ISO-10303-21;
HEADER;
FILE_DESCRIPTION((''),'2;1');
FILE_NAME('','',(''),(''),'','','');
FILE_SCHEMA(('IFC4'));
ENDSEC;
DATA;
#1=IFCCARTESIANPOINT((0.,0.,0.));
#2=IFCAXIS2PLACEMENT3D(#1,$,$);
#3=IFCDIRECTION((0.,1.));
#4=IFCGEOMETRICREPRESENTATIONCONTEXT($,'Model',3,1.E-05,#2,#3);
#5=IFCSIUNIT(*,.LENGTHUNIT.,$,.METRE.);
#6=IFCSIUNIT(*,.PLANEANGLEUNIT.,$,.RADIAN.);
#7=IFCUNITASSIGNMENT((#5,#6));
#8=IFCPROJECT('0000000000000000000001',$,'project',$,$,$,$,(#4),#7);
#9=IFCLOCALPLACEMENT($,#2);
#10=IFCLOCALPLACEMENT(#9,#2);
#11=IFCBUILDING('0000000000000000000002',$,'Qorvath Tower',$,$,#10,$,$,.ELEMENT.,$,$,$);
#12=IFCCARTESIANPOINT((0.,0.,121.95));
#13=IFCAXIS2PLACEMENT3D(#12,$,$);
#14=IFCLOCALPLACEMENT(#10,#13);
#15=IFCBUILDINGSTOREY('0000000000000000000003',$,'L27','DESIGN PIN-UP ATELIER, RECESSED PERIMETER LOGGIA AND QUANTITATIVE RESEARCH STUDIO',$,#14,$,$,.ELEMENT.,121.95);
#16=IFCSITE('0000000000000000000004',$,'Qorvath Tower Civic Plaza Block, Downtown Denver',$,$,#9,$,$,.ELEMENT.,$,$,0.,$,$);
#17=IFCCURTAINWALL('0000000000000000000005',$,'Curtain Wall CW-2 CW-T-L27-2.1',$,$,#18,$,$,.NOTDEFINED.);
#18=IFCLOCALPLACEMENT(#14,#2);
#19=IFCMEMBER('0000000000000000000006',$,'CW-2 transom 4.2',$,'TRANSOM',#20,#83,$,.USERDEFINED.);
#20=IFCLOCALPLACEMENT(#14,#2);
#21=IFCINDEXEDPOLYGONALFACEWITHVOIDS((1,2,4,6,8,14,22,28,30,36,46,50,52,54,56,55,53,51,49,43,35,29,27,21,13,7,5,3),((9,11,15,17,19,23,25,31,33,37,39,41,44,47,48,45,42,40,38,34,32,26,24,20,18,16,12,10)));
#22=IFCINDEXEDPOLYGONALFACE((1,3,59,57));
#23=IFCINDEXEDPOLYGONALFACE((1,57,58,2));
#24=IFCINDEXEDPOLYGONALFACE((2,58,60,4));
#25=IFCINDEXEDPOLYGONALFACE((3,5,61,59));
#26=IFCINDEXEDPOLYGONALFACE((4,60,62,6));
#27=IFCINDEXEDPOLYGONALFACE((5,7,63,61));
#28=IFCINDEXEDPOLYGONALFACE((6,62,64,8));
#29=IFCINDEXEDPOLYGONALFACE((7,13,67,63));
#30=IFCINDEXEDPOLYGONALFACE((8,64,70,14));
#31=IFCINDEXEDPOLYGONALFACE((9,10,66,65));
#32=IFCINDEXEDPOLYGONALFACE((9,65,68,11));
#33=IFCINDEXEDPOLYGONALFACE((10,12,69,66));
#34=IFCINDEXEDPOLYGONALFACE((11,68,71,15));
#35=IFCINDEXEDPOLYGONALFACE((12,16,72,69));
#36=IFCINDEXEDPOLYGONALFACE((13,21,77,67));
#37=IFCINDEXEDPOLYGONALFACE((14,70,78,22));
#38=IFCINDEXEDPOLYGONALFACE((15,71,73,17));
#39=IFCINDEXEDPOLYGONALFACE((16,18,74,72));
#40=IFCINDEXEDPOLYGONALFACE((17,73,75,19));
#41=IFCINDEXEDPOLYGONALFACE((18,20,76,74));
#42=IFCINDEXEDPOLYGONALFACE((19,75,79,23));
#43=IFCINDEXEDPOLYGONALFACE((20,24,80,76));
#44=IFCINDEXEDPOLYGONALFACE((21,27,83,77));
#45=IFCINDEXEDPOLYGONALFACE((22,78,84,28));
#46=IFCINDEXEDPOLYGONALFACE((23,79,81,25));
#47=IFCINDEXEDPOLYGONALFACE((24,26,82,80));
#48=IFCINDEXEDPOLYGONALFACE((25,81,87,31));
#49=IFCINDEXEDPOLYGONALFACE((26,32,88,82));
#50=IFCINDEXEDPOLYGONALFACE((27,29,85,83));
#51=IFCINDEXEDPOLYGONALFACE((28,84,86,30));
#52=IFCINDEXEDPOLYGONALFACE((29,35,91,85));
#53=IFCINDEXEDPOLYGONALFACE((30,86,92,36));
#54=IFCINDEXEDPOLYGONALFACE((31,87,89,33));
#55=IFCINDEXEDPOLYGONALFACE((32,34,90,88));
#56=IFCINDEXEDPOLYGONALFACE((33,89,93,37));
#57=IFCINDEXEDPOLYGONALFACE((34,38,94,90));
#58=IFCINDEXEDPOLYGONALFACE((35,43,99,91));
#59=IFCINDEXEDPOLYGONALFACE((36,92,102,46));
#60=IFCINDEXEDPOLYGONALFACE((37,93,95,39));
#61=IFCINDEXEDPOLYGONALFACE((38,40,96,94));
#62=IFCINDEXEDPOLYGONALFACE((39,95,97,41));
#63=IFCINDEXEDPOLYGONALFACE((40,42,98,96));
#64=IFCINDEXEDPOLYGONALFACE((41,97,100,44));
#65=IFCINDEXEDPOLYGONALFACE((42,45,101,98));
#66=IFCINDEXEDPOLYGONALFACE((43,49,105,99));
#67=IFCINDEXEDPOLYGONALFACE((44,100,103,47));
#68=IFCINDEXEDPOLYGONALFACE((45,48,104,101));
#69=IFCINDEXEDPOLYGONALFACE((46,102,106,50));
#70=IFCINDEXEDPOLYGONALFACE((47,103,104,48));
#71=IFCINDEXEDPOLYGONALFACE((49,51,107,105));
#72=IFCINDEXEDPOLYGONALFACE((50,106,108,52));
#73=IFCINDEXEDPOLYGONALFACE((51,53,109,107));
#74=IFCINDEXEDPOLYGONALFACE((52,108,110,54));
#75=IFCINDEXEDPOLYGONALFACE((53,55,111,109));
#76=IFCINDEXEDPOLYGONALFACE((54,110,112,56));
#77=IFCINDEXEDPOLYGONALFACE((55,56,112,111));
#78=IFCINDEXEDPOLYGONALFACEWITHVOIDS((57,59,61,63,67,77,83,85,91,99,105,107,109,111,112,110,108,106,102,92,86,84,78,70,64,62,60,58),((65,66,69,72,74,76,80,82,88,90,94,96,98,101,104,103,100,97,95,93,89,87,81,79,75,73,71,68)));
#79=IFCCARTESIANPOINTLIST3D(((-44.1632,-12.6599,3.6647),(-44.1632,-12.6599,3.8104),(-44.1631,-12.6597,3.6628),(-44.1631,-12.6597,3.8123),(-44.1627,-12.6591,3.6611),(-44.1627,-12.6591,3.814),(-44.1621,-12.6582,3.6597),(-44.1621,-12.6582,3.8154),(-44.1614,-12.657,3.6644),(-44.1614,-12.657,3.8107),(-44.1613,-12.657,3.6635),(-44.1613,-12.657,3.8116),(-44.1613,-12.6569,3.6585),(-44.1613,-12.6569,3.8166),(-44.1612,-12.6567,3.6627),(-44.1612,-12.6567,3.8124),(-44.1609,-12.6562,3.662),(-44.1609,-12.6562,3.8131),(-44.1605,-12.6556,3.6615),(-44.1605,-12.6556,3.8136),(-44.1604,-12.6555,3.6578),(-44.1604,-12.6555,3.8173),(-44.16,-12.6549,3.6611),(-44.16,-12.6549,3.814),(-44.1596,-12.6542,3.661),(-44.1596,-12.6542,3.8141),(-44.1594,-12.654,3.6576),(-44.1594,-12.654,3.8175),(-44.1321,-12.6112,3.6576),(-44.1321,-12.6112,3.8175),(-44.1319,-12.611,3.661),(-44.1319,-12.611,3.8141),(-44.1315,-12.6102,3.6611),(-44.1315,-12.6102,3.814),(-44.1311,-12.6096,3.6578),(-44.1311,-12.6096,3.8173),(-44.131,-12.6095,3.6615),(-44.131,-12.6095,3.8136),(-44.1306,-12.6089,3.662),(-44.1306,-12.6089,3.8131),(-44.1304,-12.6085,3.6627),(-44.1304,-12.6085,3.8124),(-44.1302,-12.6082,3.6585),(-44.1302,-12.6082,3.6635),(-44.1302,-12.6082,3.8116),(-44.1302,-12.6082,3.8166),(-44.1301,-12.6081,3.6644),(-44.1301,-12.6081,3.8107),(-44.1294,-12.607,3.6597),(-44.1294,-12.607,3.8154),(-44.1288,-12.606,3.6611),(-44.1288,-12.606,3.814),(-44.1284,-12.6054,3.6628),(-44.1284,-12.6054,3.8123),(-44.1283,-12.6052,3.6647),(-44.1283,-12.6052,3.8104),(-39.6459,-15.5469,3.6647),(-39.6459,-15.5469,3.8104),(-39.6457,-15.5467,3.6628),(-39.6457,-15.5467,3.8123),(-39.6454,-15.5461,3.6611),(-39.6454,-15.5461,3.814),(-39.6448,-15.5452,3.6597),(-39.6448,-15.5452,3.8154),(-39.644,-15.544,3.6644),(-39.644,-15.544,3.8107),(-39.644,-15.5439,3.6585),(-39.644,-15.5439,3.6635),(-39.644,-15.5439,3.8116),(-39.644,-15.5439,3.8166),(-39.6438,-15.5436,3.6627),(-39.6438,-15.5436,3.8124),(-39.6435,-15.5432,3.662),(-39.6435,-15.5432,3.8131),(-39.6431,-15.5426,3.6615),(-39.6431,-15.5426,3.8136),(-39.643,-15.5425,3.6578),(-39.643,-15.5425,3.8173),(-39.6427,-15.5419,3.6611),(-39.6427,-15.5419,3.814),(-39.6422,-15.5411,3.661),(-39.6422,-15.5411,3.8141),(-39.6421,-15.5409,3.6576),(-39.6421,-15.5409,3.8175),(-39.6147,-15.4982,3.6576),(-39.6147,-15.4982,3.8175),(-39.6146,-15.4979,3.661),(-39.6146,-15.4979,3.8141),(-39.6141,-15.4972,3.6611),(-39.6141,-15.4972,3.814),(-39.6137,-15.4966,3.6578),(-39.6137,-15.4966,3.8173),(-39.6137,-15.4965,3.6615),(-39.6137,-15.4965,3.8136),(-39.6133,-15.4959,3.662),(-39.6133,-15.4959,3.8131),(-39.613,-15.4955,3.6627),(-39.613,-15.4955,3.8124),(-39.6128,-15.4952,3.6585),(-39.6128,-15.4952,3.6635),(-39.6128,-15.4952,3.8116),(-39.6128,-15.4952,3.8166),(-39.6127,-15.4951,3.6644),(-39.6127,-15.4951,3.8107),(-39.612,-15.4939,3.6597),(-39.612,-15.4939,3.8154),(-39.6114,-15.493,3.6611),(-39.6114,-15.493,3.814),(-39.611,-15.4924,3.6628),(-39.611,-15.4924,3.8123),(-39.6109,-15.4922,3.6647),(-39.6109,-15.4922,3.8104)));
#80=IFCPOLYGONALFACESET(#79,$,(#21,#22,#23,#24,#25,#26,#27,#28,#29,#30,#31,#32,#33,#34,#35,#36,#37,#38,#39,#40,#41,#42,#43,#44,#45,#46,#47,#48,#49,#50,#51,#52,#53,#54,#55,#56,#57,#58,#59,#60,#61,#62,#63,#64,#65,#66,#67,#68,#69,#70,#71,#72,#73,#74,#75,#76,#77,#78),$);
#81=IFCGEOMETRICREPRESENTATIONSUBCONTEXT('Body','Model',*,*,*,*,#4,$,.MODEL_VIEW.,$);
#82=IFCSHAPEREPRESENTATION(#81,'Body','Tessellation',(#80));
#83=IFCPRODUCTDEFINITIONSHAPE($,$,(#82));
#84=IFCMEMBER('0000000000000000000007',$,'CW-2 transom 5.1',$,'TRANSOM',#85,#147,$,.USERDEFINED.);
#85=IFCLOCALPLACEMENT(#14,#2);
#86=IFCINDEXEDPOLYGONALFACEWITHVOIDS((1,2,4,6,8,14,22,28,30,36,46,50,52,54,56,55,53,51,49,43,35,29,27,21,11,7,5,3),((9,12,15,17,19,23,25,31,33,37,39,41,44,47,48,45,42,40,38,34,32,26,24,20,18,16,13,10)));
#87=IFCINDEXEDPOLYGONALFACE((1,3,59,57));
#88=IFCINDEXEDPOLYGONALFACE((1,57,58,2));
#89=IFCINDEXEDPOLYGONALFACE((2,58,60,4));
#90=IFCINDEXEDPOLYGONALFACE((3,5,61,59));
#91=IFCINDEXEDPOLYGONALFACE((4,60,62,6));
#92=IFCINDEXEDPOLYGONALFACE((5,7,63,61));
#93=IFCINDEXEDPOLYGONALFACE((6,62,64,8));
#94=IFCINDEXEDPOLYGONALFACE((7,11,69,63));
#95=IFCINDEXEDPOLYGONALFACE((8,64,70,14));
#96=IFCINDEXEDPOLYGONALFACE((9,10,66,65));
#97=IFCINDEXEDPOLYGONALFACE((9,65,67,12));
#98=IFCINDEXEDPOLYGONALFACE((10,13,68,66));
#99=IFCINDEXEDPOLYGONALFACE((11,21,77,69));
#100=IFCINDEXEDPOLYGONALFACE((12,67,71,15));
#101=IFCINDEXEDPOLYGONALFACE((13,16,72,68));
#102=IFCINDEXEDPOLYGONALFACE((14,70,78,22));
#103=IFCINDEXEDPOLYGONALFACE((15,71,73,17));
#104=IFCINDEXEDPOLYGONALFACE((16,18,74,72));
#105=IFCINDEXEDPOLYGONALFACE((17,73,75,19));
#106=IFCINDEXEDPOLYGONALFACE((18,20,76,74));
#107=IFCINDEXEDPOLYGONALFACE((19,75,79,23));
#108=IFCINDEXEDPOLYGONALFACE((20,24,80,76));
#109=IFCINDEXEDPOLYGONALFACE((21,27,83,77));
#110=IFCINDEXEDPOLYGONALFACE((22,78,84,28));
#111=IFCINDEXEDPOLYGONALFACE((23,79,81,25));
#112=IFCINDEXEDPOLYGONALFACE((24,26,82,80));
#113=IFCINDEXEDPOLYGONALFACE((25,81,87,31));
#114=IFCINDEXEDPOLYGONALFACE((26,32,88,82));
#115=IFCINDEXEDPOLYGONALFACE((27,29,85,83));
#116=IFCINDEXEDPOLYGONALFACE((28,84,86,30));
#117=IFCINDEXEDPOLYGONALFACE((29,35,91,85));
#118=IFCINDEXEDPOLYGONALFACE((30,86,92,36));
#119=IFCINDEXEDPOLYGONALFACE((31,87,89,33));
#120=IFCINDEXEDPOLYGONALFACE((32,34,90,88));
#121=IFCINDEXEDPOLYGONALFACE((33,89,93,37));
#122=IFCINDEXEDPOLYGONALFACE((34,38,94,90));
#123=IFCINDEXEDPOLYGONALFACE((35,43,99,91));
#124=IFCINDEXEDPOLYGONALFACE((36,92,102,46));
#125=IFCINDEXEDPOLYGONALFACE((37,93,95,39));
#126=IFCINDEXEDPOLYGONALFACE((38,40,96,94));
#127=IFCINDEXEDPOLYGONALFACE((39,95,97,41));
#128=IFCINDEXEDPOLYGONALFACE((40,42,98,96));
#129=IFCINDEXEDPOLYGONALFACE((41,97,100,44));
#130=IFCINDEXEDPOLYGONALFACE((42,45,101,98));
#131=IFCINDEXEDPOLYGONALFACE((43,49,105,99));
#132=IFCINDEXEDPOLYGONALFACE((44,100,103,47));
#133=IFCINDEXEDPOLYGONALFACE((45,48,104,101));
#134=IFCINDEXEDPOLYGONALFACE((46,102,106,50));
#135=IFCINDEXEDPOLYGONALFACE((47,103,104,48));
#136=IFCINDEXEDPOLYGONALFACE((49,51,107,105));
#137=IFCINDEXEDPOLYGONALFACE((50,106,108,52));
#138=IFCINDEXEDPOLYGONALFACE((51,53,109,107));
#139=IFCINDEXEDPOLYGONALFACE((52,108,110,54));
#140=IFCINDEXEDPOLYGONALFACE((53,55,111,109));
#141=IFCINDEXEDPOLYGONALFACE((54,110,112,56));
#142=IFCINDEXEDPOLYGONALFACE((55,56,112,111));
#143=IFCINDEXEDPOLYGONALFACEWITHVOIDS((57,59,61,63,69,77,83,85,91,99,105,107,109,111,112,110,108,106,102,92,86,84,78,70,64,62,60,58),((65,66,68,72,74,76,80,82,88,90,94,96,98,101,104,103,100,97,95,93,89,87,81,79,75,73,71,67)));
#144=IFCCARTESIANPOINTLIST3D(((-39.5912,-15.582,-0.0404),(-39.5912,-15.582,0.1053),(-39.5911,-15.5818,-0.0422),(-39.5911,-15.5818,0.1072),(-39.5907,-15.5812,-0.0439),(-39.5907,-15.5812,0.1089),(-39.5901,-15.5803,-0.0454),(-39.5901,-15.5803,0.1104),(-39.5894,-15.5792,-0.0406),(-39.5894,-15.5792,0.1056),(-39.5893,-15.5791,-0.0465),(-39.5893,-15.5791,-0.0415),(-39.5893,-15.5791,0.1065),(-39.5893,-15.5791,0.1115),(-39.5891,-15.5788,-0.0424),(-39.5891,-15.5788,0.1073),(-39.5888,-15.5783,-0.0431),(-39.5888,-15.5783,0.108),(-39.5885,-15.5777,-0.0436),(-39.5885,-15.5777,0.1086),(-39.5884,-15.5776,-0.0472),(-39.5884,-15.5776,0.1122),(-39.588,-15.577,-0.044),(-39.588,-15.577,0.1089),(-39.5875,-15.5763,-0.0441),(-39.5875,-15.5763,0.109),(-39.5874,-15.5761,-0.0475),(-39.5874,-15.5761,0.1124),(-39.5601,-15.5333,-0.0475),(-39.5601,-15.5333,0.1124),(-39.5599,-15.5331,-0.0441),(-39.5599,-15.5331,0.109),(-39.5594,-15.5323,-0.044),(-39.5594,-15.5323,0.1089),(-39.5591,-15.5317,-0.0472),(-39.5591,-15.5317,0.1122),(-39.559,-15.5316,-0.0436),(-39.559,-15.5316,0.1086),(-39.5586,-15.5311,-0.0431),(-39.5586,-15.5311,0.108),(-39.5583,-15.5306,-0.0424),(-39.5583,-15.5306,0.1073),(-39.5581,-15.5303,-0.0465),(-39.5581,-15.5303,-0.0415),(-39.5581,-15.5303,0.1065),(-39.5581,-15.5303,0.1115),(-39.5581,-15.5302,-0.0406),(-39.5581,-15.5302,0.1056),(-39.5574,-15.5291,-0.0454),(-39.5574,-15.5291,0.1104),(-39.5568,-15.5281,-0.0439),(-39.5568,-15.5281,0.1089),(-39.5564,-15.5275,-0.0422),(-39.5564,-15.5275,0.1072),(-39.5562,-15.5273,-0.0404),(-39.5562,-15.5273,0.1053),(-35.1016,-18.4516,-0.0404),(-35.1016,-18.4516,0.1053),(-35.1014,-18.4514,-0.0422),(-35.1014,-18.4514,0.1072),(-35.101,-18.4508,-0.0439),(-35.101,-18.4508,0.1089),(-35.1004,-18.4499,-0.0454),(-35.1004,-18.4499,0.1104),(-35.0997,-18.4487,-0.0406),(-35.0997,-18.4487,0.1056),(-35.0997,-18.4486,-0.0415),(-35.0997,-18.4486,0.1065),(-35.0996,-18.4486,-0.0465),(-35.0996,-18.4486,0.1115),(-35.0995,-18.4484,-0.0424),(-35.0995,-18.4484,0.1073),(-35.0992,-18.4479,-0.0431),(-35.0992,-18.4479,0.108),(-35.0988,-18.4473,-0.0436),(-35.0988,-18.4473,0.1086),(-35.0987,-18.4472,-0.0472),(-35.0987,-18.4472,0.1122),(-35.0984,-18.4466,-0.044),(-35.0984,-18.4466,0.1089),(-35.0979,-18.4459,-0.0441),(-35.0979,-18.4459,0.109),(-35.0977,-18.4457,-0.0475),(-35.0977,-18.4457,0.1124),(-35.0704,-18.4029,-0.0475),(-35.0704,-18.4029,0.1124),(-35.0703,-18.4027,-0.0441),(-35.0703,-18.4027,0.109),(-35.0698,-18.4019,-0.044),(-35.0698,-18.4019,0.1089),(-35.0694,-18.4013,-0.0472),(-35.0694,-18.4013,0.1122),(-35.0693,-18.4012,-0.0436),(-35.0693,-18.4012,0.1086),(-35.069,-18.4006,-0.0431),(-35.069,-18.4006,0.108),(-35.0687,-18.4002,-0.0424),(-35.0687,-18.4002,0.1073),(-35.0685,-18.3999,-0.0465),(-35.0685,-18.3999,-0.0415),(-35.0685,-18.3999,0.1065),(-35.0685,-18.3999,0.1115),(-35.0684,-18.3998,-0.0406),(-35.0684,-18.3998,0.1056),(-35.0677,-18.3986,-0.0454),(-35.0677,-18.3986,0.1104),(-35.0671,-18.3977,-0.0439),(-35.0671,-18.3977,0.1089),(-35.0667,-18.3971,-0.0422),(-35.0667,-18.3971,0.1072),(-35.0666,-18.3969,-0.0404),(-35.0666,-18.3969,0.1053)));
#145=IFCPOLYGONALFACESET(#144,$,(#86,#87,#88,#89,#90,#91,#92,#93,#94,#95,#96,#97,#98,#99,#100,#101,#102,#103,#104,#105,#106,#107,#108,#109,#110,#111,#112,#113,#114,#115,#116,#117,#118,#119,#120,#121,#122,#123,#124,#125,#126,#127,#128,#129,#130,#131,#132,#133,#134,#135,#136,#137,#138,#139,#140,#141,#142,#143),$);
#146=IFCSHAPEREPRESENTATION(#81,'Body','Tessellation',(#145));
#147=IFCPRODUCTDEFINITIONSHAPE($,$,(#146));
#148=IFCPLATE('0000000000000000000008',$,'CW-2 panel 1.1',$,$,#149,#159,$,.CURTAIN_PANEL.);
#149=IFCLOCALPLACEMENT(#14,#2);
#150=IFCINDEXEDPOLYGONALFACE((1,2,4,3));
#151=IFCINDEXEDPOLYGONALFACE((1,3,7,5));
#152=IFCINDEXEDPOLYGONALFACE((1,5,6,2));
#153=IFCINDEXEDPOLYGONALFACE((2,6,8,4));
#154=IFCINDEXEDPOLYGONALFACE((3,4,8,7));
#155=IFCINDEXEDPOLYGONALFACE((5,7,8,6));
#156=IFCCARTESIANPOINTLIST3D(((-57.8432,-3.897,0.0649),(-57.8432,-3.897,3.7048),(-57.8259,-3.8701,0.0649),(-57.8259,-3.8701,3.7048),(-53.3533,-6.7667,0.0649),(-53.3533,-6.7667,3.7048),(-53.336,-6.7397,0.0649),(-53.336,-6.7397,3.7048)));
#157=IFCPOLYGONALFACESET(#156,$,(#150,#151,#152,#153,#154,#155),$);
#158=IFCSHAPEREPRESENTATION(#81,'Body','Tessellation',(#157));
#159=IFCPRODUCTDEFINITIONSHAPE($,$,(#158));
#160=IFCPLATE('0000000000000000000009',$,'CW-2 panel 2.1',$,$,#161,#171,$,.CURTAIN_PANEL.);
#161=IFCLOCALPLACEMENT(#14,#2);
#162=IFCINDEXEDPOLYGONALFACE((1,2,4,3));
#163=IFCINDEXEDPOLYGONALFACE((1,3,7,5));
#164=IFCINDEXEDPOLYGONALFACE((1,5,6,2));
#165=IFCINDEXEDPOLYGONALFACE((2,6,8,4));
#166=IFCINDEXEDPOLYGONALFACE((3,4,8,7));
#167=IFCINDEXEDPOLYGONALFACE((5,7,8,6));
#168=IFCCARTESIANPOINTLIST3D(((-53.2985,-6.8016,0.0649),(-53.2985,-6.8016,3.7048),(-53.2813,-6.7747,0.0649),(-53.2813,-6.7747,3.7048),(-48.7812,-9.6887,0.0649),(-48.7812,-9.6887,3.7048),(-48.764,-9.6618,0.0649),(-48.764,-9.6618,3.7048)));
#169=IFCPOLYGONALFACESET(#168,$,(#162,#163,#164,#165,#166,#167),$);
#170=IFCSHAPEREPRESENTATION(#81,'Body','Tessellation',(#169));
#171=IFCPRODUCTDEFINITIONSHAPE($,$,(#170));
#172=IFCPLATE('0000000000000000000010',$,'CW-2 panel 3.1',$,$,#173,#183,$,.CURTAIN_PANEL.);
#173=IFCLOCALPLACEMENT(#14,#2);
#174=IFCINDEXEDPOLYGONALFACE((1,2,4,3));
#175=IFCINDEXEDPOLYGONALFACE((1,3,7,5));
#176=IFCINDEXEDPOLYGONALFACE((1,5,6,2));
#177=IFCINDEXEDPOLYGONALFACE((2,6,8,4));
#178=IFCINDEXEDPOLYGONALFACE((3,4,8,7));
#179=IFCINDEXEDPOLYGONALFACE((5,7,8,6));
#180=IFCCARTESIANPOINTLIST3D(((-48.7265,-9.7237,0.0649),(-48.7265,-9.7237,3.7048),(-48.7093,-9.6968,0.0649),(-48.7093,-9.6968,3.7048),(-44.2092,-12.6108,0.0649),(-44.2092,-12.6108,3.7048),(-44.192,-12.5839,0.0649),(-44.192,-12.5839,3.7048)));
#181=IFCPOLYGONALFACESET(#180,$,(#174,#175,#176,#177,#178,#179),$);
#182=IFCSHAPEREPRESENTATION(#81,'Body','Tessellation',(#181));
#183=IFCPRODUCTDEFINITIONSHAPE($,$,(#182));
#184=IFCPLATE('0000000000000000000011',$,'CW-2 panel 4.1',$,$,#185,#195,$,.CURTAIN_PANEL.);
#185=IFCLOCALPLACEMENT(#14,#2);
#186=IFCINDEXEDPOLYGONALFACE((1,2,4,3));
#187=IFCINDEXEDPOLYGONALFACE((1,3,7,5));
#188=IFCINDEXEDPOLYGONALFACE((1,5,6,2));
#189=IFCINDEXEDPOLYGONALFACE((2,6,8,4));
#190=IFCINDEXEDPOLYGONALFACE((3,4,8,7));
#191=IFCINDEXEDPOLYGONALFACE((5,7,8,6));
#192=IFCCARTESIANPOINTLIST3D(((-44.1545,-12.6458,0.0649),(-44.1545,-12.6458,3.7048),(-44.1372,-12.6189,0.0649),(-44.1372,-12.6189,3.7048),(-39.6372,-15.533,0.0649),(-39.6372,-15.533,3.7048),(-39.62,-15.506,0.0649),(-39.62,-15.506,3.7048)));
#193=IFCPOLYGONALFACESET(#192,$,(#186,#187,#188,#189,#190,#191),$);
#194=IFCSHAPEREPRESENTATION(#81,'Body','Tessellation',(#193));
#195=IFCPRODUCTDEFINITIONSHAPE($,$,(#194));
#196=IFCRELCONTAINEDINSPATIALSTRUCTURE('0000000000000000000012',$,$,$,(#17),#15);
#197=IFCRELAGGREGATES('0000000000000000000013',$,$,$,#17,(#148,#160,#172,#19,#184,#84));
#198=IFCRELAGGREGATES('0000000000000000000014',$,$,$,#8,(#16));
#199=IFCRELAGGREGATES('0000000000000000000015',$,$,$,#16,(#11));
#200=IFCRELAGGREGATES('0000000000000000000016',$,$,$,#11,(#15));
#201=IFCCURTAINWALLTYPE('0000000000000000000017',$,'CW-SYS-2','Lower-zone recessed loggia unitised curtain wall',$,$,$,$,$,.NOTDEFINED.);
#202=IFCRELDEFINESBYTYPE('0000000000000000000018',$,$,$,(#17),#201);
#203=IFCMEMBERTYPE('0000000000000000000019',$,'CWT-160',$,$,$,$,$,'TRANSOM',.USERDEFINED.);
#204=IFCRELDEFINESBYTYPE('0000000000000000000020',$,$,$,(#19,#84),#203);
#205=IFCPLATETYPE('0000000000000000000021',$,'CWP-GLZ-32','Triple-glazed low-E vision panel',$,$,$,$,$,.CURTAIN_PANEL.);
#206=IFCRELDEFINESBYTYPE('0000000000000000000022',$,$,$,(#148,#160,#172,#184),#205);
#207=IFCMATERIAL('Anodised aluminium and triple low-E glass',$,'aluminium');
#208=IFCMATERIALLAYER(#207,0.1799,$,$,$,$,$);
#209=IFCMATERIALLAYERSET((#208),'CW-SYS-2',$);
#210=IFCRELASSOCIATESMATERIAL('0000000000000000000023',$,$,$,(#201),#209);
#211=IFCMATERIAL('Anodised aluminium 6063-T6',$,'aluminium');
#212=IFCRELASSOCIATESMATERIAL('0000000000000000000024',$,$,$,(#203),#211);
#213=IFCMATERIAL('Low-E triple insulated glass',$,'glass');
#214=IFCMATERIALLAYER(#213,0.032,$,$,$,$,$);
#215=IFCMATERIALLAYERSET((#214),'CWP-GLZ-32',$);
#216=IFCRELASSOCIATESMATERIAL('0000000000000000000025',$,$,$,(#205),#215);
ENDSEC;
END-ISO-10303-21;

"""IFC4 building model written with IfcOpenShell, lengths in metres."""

from ifc_helpers import new_model, si_unit, direction, frame, origin, origin_2d, place, context, subcontext, project, spatial, rectangle, hollow_rectangle, extrude, material, layer, layer_set, material_profile, profile_set, type_object, element, aggregate, save


model = new_model("IFC4")

# Units and contexts
model_context = context("Model", 3, precision=1e-05, world=origin(), true_north=direction((0.0, 1.0)))
body_context = subcontext(model_context, "Body", "Model", "MODEL_VIEW")
ifc_project = project(units=[si_unit("LENGTHUNIT", "METRE"), si_unit("PLANEANGLEUNIT", "RADIAN")], contexts=[model_context])

# Site, building, storey
site_placement = place(None, origin())
site = spatial("IfcSite", under=ifc_project, at=site_placement, Name="Qorvath Tower Civic Plaza Block, Downtown Denver", CompositionType="ELEMENT", RefElevation=0.0)
building_placement = place(site_placement, origin())
building = spatial("IfcBuilding", under=site, at=building_placement, Name="Qorvath Tower", CompositionType="ELEMENT")
storey_placement = place(building_placement, frame((0.0, 0.0, 121.95)))
storey = spatial("IfcBuildingStorey", under=building, at=storey_placement, Name="L27", Description="DESIGN PIN-UP ATELIER, RECESSED PERIMETER LOGGIA AND QUANTITATIVE RESEARCH STUDIO", CompositionType="ELEMENT", Elevation=121.95)

# Curtain wall, members, plates
ifc_material_1 = material(Name="Anodised aluminium and triple low-E glass", Category="aluminium")
ifc_layer_1 = layer(ifc_material_1, 0.1799)
ifc_layer_set_1 = layer_set([ifc_layer_1], Name="CW-SYS-2")
curtain_wall_type = type_object("IfcCurtainWallType", Name="CW-SYS-2", Description="Lower-zone recessed loggia unitised curtain wall", PredefinedType="NOTDEFINED", material=ifc_layer_set_1)
curtain_wall_placement = place(storey_placement, origin())
curtain_wall = element("IfcCurtainWall", 1, at=curtain_wall_placement, inside=storey, type_object=curtain_wall_type, Name="Curtain Wall CW-2 CW-T-L27-2.1", PredefinedType="NOTDEFINED")
ifc_material_2 = material(Name="Anodised aluminium 6063-T6", Category="aluminium")
ifc_material_profile_1 = material_profile(ifc_material_2, hollow_rectangle(XDim=0.0649, YDim=0.1599, WallThickness=0.0034, InnerFilletRadius=0.0034, OuterFilletRadius=0.0071, at=origin_2d()), Name="CWT 160x65")
ifc_profile_set_1 = profile_set([ifc_material_profile_1], Name="Anodised aluminium 6063-T6")
member_type_1 = type_object("IfcMemberType", Name="CWT-160", ElementType="TRANSOM", PredefinedType="USERDEFINED", material=ifc_profile_set_1)
member_1_placement = place(storey_placement, frame((-44.1458, -12.6326, 3.7375), z_axis=(0.842621, -0.538507, 0.0), x_axis=(0.538507, 0.842621, 0.0)))
member_1 = element("IfcMember", 2, at=member_1_placement, type_object=member_type_1, Name="CW-2 transom 4.2", ObjectType="TRANSOM", PredefinedType="USERDEFINED", context=body_context, shape_type="SweptSolid", body=[
    extrude(hollow_rectangle(XDim=0.0649, YDim=0.1599, WallThickness=0.0034, InnerFilletRadius=0.0034, OuterFilletRadius=0.0071, at=origin_2d()), origin(), (0.0, 0.0, 1.0), 5.3611),
])
member_2_placement = place(storey_placement, frame((-39.5737, -15.5547, 0.0325), z_axis=(0.842596, -0.538547, 0.0), x_axis=(0.538547, 0.842596, 0.0)))
member_2 = element("IfcMember", 3, at=member_2_placement, type_object=member_type_1, Name="CW-2 transom 5.1", ObjectType="TRANSOM", PredefinedType="USERDEFINED", context=body_context, shape_type="SweptSolid", body=[
    extrude(hollow_rectangle(XDim=0.0649, YDim=0.1599, WallThickness=0.0034, InnerFilletRadius=0.0034, OuterFilletRadius=0.0071, at=origin_2d()), origin(), (0.0, 0.0, 1.0), 5.3284),
])
ifc_material_3 = material(Name="Low-E triple insulated glass", Category="glass")
ifc_layer_2 = layer(ifc_material_3, 0.032)
ifc_layer_set_2 = layer_set([ifc_layer_2], Name="CWP-GLZ-32")
plate_type = type_object("IfcPlateType", Name="CWP-GLZ-32", Description="Triple-glazed low-E vision panel", PredefinedType="CURTAIN_PANEL", material=ifc_layer_set_2)
plate_1_placement = place(storey_placement, frame((-55.5896, -5.3184, 0.0649), z_axis=(0.0, 0.0, 1.0), x_axis=(0.842604, -0.538534, 0.0)))
plate_1 = element("IfcPlate", 4, at=plate_1_placement, type_object=plate_type, Name="CW-2 panel 1.1", PredefinedType="CURTAIN_PANEL", context=body_context, shape_type="SweptSolid", body=[
    extrude(rectangle(XDim=5.3286, YDim=0.032, at=origin_2d()), origin(), (0.0, 0.0, 1.0), 3.6399),
])
plate_2_placement = place(storey_placement, frame((-51.0312, -8.2317, 0.0649), z_axis=(0.0, 0.0, 1.0), x_axis=(0.842604, -0.538534, 0.0)))
plate_2 = element("IfcPlate", 5, at=plate_2_placement, type_object=plate_type, Name="CW-2 panel 2.1", PredefinedType="CURTAIN_PANEL", context=body_context, shape_type="SweptSolid", body=[
    extrude(rectangle(XDim=5.3611, YDim=0.032, at=origin_2d()), origin(), (0.0, 0.0, 1.0), 3.6399),
])
plate_3_placement = place(storey_placement, frame((-46.4592, -11.1538, 0.0649), z_axis=(0.0, 0.0, 1.0), x_axis=(0.842604, -0.538534, 0.0)))
plate_3 = element("IfcPlate", 6, at=plate_3_placement, type_object=plate_type, Name="CW-2 panel 3.1", PredefinedType="CURTAIN_PANEL", context=body_context, shape_type="SweptSolid", body=[
    extrude(rectangle(XDim=5.3611, YDim=0.032, at=origin_2d()), origin(), (0.0, 0.0, 1.0), 3.6399),
])
plate_4_placement = place(storey_placement, frame((-41.8872, -14.0759, 0.0649), z_axis=(0.0, 0.0, 1.0), x_axis=(0.842604, -0.538534, 0.0)))
plate_4 = element("IfcPlate", 7, at=plate_4_placement, type_object=plate_type, Name="CW-2 panel 4.1", PredefinedType="CURTAIN_PANEL", context=body_context, shape_type="SweptSolid", body=[
    extrude(rectangle(XDim=5.3611, YDim=0.032, at=origin_2d()), origin(), (0.0, 0.0, 1.0), 3.6399),
])
aggregate(curtain_wall, [plate_1, plate_2, plate_3, member_1, plate_4, member_2])

save(model, "model.ifc")
